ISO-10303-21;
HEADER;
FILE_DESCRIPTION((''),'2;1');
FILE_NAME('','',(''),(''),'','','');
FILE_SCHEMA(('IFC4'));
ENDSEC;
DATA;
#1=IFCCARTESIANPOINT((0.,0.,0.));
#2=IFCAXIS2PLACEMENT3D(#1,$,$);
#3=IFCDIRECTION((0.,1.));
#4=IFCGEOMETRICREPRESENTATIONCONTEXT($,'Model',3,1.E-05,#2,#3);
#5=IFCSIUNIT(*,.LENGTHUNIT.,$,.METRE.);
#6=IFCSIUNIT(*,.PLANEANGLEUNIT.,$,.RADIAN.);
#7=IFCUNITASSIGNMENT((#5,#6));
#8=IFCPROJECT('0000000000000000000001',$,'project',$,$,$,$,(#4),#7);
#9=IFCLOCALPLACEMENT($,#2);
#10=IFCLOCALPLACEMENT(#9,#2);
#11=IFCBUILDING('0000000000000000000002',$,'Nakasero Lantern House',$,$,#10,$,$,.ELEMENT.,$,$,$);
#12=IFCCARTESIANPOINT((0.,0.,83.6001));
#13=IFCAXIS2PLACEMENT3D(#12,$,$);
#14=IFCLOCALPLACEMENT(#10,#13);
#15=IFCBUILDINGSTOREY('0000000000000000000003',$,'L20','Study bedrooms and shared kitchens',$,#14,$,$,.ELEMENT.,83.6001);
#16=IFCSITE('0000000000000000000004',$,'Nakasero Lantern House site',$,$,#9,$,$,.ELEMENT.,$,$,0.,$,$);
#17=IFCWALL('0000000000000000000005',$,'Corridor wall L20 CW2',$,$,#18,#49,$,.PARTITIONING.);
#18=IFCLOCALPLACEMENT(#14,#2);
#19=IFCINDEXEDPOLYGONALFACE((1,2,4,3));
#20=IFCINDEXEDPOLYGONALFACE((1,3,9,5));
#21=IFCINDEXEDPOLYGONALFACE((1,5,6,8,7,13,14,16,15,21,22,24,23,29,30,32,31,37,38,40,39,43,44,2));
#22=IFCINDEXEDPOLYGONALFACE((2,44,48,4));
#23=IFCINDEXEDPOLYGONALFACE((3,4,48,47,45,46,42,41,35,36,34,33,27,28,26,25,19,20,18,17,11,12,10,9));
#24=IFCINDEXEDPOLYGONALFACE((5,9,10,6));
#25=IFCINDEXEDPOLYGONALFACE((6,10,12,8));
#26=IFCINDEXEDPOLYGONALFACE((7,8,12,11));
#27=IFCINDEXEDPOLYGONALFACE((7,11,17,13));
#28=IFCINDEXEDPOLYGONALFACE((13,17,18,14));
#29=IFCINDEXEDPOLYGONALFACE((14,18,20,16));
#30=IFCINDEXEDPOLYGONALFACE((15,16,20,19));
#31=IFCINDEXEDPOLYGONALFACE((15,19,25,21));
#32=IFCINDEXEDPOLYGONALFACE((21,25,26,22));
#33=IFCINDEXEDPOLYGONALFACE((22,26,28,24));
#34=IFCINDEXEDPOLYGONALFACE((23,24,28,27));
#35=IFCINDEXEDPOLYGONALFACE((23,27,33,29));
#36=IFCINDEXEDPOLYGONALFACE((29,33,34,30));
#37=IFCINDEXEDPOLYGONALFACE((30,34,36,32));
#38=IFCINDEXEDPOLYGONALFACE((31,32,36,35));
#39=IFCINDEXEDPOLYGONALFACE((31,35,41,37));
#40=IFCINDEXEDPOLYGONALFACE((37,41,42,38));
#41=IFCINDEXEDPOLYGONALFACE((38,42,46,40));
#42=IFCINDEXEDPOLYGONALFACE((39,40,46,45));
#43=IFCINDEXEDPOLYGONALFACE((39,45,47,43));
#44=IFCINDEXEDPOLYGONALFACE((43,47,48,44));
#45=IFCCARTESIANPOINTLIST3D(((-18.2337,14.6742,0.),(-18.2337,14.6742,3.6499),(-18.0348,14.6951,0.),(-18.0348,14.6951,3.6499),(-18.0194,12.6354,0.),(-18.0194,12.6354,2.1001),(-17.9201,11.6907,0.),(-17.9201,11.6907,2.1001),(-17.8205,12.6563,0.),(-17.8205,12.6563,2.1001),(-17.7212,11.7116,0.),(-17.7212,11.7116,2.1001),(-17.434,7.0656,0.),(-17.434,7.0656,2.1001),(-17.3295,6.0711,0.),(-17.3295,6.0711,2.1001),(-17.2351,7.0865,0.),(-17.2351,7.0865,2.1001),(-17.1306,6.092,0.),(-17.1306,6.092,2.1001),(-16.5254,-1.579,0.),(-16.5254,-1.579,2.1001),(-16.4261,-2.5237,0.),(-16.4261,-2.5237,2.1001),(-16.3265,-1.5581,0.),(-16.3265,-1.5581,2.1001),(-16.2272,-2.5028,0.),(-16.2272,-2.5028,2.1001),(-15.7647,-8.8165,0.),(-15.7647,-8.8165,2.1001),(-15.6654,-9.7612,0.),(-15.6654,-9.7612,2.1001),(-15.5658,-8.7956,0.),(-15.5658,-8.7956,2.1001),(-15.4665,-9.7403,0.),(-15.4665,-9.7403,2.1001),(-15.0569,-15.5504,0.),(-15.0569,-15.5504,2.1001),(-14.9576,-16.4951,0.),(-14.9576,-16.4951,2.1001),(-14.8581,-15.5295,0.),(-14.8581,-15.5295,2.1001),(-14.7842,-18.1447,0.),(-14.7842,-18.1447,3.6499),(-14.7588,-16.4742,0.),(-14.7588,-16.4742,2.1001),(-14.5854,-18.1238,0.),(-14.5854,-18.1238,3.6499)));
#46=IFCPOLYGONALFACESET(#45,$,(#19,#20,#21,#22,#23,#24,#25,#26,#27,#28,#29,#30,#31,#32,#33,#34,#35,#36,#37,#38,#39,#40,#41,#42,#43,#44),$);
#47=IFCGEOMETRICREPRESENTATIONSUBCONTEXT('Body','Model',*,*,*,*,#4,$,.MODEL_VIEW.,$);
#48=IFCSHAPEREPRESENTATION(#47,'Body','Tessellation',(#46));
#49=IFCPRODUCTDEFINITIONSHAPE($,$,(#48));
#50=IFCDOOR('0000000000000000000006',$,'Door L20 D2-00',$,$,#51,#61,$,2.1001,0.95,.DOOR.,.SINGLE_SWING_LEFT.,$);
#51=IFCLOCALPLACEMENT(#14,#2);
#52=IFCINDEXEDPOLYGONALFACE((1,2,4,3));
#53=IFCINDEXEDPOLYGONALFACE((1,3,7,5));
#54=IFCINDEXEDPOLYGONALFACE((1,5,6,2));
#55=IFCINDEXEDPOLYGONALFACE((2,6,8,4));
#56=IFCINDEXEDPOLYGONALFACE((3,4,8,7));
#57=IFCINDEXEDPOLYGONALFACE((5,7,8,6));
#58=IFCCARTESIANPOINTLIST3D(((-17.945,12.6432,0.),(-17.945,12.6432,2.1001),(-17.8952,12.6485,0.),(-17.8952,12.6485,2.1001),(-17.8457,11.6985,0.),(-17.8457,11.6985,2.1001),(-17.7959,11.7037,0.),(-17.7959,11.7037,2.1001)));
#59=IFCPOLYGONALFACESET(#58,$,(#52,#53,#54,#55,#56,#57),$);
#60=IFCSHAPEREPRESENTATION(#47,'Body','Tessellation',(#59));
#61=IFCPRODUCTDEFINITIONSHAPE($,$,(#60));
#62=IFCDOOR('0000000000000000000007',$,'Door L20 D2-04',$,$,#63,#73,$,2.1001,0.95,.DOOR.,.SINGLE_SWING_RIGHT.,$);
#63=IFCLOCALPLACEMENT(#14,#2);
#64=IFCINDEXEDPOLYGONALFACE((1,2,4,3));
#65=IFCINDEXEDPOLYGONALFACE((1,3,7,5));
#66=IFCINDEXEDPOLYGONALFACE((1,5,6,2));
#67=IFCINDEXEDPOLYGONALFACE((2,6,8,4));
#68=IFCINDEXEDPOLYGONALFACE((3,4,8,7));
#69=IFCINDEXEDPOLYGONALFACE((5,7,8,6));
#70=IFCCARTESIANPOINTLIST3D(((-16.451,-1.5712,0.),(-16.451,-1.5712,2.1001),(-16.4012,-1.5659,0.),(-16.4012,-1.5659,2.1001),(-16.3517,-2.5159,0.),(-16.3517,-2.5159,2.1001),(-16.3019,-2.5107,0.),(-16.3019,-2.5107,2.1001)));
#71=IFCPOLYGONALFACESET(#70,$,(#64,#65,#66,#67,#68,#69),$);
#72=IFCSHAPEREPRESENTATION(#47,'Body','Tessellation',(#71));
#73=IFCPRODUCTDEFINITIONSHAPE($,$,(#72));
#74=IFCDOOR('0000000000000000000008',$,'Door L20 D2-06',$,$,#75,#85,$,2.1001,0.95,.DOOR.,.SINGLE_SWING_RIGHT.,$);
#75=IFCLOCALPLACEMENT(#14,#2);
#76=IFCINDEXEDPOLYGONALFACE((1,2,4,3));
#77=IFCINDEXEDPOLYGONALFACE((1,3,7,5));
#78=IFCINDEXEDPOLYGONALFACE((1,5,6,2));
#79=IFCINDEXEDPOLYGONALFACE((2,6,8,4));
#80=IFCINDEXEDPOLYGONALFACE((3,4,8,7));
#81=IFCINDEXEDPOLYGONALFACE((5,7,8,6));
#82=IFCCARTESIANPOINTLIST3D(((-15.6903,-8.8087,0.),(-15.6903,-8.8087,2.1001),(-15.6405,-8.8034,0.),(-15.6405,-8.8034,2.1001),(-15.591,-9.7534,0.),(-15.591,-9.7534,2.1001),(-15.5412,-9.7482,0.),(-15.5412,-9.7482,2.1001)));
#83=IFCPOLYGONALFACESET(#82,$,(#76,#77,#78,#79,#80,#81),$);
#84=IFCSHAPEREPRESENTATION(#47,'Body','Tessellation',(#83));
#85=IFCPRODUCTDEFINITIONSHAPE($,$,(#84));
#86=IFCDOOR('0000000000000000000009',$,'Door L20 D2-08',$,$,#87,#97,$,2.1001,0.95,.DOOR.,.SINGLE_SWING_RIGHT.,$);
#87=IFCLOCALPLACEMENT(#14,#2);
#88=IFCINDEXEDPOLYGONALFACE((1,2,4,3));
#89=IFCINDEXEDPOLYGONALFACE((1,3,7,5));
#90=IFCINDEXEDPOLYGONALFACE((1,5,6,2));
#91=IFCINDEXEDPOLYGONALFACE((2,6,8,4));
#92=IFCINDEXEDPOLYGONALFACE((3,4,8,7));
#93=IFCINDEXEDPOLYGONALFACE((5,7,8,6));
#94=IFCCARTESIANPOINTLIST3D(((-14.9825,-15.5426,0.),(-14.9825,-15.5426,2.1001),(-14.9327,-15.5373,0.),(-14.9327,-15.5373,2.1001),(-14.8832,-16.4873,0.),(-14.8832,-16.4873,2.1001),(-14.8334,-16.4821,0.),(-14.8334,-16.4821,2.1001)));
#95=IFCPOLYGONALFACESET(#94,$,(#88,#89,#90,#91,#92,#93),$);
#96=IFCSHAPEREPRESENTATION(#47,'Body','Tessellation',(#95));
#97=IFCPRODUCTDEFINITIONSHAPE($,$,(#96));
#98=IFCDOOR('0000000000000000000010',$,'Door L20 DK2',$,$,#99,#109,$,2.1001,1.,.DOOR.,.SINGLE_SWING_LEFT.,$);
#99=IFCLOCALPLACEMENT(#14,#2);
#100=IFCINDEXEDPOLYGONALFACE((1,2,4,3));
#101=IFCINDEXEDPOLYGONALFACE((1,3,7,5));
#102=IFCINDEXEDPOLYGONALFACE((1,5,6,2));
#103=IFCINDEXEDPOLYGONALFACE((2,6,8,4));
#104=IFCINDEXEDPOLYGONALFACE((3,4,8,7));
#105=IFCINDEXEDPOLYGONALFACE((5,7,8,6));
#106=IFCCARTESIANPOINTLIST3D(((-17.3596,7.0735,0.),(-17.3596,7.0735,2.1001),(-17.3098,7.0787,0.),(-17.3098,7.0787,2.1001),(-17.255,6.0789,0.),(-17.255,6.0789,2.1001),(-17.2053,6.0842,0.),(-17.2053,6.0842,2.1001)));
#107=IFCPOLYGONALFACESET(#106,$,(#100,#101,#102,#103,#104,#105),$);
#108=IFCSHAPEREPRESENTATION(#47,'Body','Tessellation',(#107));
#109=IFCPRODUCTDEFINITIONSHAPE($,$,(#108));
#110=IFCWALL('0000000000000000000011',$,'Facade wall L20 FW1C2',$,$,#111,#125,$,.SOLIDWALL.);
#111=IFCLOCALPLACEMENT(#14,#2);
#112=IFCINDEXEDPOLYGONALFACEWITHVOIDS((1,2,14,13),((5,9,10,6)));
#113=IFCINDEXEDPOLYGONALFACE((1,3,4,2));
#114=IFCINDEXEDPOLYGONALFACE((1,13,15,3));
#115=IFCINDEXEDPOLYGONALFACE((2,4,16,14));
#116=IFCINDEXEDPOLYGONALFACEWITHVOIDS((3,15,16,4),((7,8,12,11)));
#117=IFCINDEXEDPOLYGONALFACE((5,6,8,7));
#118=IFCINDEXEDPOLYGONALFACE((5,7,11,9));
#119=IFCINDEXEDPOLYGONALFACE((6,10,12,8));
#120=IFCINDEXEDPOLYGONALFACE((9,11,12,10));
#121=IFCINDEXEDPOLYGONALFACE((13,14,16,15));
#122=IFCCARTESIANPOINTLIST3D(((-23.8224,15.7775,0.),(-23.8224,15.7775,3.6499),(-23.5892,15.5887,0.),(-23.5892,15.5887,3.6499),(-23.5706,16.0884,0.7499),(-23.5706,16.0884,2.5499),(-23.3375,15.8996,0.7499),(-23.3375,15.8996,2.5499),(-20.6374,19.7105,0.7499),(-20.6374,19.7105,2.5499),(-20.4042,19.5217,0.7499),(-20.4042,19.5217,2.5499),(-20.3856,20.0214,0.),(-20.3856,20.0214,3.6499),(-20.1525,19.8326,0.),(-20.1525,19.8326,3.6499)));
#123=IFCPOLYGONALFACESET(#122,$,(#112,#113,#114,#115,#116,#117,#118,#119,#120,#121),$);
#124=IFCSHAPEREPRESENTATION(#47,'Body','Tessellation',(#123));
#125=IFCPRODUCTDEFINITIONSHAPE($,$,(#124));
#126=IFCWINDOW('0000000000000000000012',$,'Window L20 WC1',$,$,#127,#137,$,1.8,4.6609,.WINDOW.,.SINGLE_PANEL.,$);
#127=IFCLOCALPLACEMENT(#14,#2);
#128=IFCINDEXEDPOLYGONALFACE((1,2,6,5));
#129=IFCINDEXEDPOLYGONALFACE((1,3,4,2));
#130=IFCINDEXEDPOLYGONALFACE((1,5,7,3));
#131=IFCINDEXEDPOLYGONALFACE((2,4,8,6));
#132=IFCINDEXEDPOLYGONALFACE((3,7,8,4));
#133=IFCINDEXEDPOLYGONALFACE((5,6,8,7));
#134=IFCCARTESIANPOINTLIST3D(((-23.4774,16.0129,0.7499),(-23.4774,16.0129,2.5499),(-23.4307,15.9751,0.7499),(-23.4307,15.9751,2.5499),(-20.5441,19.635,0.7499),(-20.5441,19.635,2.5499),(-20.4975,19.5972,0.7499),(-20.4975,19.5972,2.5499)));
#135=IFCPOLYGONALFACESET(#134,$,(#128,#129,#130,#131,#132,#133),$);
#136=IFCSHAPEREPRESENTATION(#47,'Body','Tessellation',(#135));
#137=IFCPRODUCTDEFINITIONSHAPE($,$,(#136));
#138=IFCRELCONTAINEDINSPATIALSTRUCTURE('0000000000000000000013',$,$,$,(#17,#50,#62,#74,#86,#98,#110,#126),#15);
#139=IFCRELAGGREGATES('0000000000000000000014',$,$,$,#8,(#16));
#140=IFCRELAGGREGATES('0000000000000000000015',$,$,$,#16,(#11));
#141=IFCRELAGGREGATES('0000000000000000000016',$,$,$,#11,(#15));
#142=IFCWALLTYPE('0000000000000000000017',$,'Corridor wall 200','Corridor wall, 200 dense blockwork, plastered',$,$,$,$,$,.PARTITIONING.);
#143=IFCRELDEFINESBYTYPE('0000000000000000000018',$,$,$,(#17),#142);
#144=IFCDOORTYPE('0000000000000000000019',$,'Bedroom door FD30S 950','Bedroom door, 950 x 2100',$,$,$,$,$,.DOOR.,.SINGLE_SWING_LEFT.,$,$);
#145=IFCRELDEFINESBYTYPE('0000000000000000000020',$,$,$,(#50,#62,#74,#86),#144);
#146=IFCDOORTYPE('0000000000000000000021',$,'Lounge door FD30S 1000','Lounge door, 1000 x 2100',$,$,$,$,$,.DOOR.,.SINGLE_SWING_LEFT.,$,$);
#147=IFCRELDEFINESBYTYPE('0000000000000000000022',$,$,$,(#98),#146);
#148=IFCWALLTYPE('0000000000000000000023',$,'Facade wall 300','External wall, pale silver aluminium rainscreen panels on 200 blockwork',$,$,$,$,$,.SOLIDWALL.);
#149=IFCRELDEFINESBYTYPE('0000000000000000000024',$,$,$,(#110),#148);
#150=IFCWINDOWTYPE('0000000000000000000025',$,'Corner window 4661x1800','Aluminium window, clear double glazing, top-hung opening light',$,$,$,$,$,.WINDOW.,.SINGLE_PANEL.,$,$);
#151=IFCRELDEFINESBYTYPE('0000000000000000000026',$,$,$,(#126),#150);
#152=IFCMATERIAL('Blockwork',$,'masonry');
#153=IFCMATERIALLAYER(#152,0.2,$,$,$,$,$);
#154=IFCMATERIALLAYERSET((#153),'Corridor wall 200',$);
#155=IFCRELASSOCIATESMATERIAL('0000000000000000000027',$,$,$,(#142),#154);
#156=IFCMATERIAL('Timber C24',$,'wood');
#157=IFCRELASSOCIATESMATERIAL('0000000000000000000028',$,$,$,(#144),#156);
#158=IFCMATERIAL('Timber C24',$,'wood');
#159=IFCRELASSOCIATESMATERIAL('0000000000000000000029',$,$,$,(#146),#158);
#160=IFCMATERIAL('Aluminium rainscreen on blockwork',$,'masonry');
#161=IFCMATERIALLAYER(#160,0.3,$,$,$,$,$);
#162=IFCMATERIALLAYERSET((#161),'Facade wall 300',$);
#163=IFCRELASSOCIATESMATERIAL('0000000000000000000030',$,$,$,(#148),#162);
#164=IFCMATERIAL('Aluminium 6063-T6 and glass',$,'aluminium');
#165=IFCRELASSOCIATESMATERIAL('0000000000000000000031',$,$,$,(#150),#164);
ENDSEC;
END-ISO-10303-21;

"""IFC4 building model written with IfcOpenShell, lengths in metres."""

from ifc_helpers import new_model, si_unit, direction, frame, frame_2d, origin, place, context, subcontext, project, spatial, rectangle, extrude, material, layer, layer_set, type_object, element, fill, save


model = new_model("IFC4")

# Units and contexts
model_context = context("Model", 3, precision=1e-05, world=origin(), true_north=direction((0.0, 1.0)))
body_context = subcontext(model_context, "Body", "Model", "MODEL_VIEW")
ifc_project = project(units=[si_unit("LENGTHUNIT", "METRE"), si_unit("PLANEANGLEUNIT", "RADIAN")], contexts=[model_context])

# Site, building, storey
site_placement = place(None, origin())
site = spatial("IfcSite", under=ifc_project, at=site_placement, Name="Nakasero Lantern House site", CompositionType="ELEMENT", RefElevation=0.0)
building_placement = place(site_placement, origin())
building = spatial("IfcBuilding", under=site, at=building_placement, Name="Nakasero Lantern House", CompositionType="ELEMENT")
storey_placement = place(building_placement, frame((0.0, 0.0, 83.6001)))
storey = spatial("IfcBuildingStorey", under=building, at=storey_placement, Name="L20", Description="Study bedrooms and shared kitchens", CompositionType="ELEMENT", Elevation=83.6001)

# Wall, openings, doors
ifc_material_1 = material(Name="Blockwork", Category="masonry")
ifc_layer_1 = layer(ifc_material_1, 0.2)
ifc_layer_set_1 = layer_set([ifc_layer_1], Name="Corridor wall 200")
wall_type_1 = type_object("IfcWallType", Name="Corridor wall 200", Description="Corridor wall, 200 dense blockwork, plastered", PredefinedType="PARTITIONING", material=ifc_layer_set_1)
wall_1_placement = place(storey_placement, frame((-18.1343, 14.6848, 0.0), z_axis=(0.0, 0.0, 1.0), x_axis=(0.10453, -0.994522, 0.0)))
wall_1 = element("IfcWall", 1, at=wall_1_placement, inside=storey, type_object=wall_type_1, Name="Corridor wall L20 CW2", PredefinedType="PARTITIONING", context=body_context, shape_type="SweptSolid", body=[
    extrude(rectangle(XDim=32.9998, YDim=0.2, at=frame_2d((16.5, 0.0))), origin(), (0.0, 0.0, 1.0), 3.6499),
])
opening_1_placement = place(wall_1_placement, frame((2.05, 0.0, 0.0)))
opening_1 = element("IfcOpeningElement", 2, at=opening_1_placement, cuts=wall_1, PredefinedType="OPENING", context=body_context, shape_type="SweptSolid", body=[
    extrude(rectangle(XDim=0.95, YDim=2.1001, at=frame_2d((0.4751, 1.05))), frame((0.0, 0.1199, 0.0), z_axis=(0.0, -1.0, 0.0), x_axis=(1.0, 0.0, 0.0)), (0.0, 0.0, 1.0), 0.24),
])
opening_2_placement = place(wall_1_placement, frame((16.3428, 0.0, 0.0)))
opening_2 = element("IfcOpeningElement", 3, at=opening_2_placement, cuts=wall_1, PredefinedType="OPENING", context=body_context, shape_type="SweptSolid", body=[
    extrude(rectangle(XDim=0.95, YDim=2.1001, at=frame_2d((0.4751, 1.05))), frame((0.0, 0.1199, 0.0), z_axis=(0.0, -1.0, 0.0), x_axis=(1.0, 0.0, 0.0)), (0.0, 0.0, 1.0), 0.24),
])
opening_3_placement = place(wall_1_placement, frame((23.6201, 0.0, 0.0)))
opening_3 = element("IfcOpeningElement", 4, at=opening_3_placement, cuts=wall_1, PredefinedType="OPENING", context=body_context, shape_type="SweptSolid", body=[
    extrude(rectangle(XDim=0.95, YDim=2.1001, at=frame_2d((0.4751, 1.05))), frame((0.0, 0.1199, 0.0), z_axis=(0.0, -1.0, 0.0), x_axis=(1.0, 0.0, 0.0)), (0.0, 0.0, 1.0), 0.24),
])
opening_4_placement = place(wall_1_placement, frame((30.3911, 0.0, 0.0)))
opening_4 = element("IfcOpeningElement", 5, at=opening_4_placement, cuts=wall_1, PredefinedType="OPENING", context=body_context, shape_type="SweptSolid", body=[
    extrude(rectangle(XDim=0.95, YDim=2.1001, at=frame_2d((0.4751, 1.05))), frame((0.0, 0.1199, 0.0), z_axis=(0.0, -1.0, 0.0), x_axis=(1.0, 0.0, 0.0)), (0.0, 0.0, 1.0), 0.24),
])
opening_5_placement = place(wall_1_placement, frame((7.6506, 0.0, 0.0)))
opening_5 = element("IfcOpeningElement", 6, at=opening_5_placement, cuts=wall_1, PredefinedType="OPENING", context=body_context, shape_type="SweptSolid", body=[
    extrude(rectangle(XDim=1.0, YDim=2.1001, at=frame_2d((0.5, 1.05))), frame((0.0, 0.1199, 0.0), z_axis=(0.0, -1.0, 0.0), x_axis=(1.0, 0.0, 0.0)), (0.0, 0.0, 1.0), 0.24),
])
ifc_material_2 = material(Name="Timber C24", Category="wood")
door_type_1 = type_object("IfcDoorType", Name="Bedroom door FD30S 950", Description="Bedroom door, 950 x 2100", OperationType="SINGLE_SWING_LEFT", PredefinedType="DOOR", material=ifc_material_2)
door_1_placement = place(opening_1_placement, origin())
door_1 = element("IfcDoor", 7, at=door_1_placement, inside=storey, type_object=door_type_1, Name="Door L20 D2-00", OperationType="SINGLE_SWING_LEFT", OverallHeight=2.1001, OverallWidth=0.95, PredefinedType="DOOR", context=body_context, shape_type="SweptSolid", body=[
    extrude(rectangle(XDim=0.95, YDim=2.1001, at=frame_2d((0.4751, 1.05))), frame((0.0, 0.0249, 0.0), z_axis=(0.0, -1.0, 0.0), x_axis=(1.0, 0.0, 0.0)), (0.0, 0.0, 1.0), 0.05),
])
fill(opening_1, door_1)
door_2_placement = place(opening_2_placement, origin())
door_2 = element("IfcDoor", 8, at=door_2_placement, inside=storey, type_object=door_type_1, Name="Door L20 D2-04", OperationType="SINGLE_SWING_RIGHT", OverallHeight=2.1001, OverallWidth=0.95, PredefinedType="DOOR", context=body_context, shape_type="SweptSolid", body=[
    extrude(rectangle(XDim=0.95, YDim=2.1001, at=frame_2d((0.4751, 1.05))), frame((0.0, 0.0249, 0.0), z_axis=(0.0, -1.0, 0.0), x_axis=(1.0, 0.0, 0.0)), (0.0, 0.0, 1.0), 0.05),
])
fill(opening_2, door_2)
door_3_placement = place(opening_3_placement, origin())
door_3 = element("IfcDoor", 9, at=door_3_placement, inside=storey, type_object=door_type_1, Name="Door L20 D2-06", OperationType="SINGLE_SWING_RIGHT", OverallHeight=2.1001, OverallWidth=0.95, PredefinedType="DOOR", context=body_context, shape_type="SweptSolid", body=[
    extrude(rectangle(XDim=0.95, YDim=2.1001, at=frame_2d((0.4751, 1.05))), frame((0.0, 0.0249, 0.0), z_axis=(0.0, -1.0, 0.0), x_axis=(1.0, 0.0, 0.0)), (0.0, 0.0, 1.0), 0.05),
])
fill(opening_3, door_3)
door_4_placement = place(opening_4_placement, origin())
door_4 = element("IfcDoor", 10, at=door_4_placement, inside=storey, type_object=door_type_1, Name="Door L20 D2-08", OperationType="SINGLE_SWING_RIGHT", OverallHeight=2.1001, OverallWidth=0.95, PredefinedType="DOOR", context=body_context, shape_type="SweptSolid", body=[
    extrude(rectangle(XDim=0.95, YDim=2.1001, at=frame_2d((0.4751, 1.05))), frame((0.0, 0.0249, 0.0), z_axis=(0.0, -1.0, 0.0), x_axis=(1.0, 0.0, 0.0)), (0.0, 0.0, 1.0), 0.05),
])
fill(opening_4, door_4)
ifc_material_3 = material(Name="Timber C24", Category="wood")
door_type_2 = type_object("IfcDoorType", Name="Lounge door FD30S 1000", Description="Lounge door, 1000 x 2100", OperationType="SINGLE_SWING_LEFT", PredefinedType="DOOR", material=ifc_material_3)
door_5_placement = place(opening_5_placement, origin())
door_5 = element("IfcDoor", 11, at=door_5_placement, inside=storey, type_object=door_type_2, Name="Door L20 DK2", OperationType="SINGLE_SWING_LEFT", OverallHeight=2.1001, OverallWidth=1.0, PredefinedType="DOOR", context=body_context, shape_type="SweptSolid", body=[
    extrude(rectangle(XDim=1.0, YDim=2.1001, at=frame_2d((0.5, 1.05))), frame((0.0, 0.0249, 0.0), z_axis=(0.0, -1.0, 0.0), x_axis=(1.0, 0.0, 0.0)), (0.0, 0.0, 1.0), 0.05),
])
fill(opening_5, door_5)

# Wall, opening, window
ifc_material_4 = material(Name="Aluminium rainscreen on blockwork", Category="masonry")
ifc_layer_2 = layer(ifc_material_4, 0.3)
ifc_layer_set_2 = layer_set([ifc_layer_2], Name="Facade wall 300")
wall_type_2 = type_object("IfcWallType", Name="Facade wall 300", Description="External wall, pale silver aluminium rainscreen panels on 200 blockwork", PredefinedType="SOLIDWALL", material=ifc_layer_set_2)
wall_2_placement = place(storey_placement, frame((-20.269, 19.927, 0.0), z_axis=(0.0, 0.0, 1.0), x_axis=(-0.629335, -0.777135, 0.0)))
wall_2 = element("IfcWall", 12, at=wall_2_placement, inside=storey, type_object=wall_type_2, Name="Facade wall L20 FW1C2", PredefinedType="SOLIDWALL", context=body_context, shape_type="SweptSolid", body=[
    extrude(rectangle(XDim=5.4609, YDim=0.3, at=frame_2d((2.7305, 0.0))), origin(), (0.0, 0.0, 1.0), 3.6499),
])
opening_6_placement = place(wall_2_placement, frame((0.3999, 0.0, 0.75)))
opening_6 = element("IfcOpeningElement", 13, at=opening_6_placement, cuts=wall_2, PredefinedType="OPENING", context=body_context, shape_type="SweptSolid", body=[
    extrude(rectangle(XDim=4.6609, YDim=1.8, at=frame_2d((2.3306, 0.8999))), frame((0.0, 0.1699, 0.0), z_axis=(0.0, -1.0, 0.0), x_axis=(1.0, 0.0, 0.0)), (0.0, 0.0, 1.0), 0.3401),
])
ifc_material_5 = material(Name="Aluminium 6063-T6 and glass", Category="aluminium")
window_type_1 = type_object("IfcWindowType", Name="Corner window 4661x1800", Description="Aluminium window, clear double glazing, top-hung opening light", PartitioningType="SINGLE_PANEL", PredefinedType="WINDOW", material=ifc_material_5)
window_1_placement = place(opening_6_placement, origin())
window_1 = element("IfcWindow", 14, at=window_1_placement, inside=storey, type_object=window_type_1, Name="Window L20 WC1", OverallHeight=1.8, OverallWidth=4.6609, PartitioningType="SINGLE_PANEL", PredefinedType="WINDOW", context=body_context, shape_type="SweptSolid", body=[
    extrude(rectangle(XDim=4.6609, YDim=1.8, at=frame_2d((2.3306, 0.8999))), frame((0.0, 0.03, 0.0), z_axis=(0.0, -1.0, 0.0), x_axis=(1.0, 0.0, 0.0)), (0.0, 0.0, 1.0), 0.0601),
])
fill(opening_6, window_1)

save(model, "model.ifc")
